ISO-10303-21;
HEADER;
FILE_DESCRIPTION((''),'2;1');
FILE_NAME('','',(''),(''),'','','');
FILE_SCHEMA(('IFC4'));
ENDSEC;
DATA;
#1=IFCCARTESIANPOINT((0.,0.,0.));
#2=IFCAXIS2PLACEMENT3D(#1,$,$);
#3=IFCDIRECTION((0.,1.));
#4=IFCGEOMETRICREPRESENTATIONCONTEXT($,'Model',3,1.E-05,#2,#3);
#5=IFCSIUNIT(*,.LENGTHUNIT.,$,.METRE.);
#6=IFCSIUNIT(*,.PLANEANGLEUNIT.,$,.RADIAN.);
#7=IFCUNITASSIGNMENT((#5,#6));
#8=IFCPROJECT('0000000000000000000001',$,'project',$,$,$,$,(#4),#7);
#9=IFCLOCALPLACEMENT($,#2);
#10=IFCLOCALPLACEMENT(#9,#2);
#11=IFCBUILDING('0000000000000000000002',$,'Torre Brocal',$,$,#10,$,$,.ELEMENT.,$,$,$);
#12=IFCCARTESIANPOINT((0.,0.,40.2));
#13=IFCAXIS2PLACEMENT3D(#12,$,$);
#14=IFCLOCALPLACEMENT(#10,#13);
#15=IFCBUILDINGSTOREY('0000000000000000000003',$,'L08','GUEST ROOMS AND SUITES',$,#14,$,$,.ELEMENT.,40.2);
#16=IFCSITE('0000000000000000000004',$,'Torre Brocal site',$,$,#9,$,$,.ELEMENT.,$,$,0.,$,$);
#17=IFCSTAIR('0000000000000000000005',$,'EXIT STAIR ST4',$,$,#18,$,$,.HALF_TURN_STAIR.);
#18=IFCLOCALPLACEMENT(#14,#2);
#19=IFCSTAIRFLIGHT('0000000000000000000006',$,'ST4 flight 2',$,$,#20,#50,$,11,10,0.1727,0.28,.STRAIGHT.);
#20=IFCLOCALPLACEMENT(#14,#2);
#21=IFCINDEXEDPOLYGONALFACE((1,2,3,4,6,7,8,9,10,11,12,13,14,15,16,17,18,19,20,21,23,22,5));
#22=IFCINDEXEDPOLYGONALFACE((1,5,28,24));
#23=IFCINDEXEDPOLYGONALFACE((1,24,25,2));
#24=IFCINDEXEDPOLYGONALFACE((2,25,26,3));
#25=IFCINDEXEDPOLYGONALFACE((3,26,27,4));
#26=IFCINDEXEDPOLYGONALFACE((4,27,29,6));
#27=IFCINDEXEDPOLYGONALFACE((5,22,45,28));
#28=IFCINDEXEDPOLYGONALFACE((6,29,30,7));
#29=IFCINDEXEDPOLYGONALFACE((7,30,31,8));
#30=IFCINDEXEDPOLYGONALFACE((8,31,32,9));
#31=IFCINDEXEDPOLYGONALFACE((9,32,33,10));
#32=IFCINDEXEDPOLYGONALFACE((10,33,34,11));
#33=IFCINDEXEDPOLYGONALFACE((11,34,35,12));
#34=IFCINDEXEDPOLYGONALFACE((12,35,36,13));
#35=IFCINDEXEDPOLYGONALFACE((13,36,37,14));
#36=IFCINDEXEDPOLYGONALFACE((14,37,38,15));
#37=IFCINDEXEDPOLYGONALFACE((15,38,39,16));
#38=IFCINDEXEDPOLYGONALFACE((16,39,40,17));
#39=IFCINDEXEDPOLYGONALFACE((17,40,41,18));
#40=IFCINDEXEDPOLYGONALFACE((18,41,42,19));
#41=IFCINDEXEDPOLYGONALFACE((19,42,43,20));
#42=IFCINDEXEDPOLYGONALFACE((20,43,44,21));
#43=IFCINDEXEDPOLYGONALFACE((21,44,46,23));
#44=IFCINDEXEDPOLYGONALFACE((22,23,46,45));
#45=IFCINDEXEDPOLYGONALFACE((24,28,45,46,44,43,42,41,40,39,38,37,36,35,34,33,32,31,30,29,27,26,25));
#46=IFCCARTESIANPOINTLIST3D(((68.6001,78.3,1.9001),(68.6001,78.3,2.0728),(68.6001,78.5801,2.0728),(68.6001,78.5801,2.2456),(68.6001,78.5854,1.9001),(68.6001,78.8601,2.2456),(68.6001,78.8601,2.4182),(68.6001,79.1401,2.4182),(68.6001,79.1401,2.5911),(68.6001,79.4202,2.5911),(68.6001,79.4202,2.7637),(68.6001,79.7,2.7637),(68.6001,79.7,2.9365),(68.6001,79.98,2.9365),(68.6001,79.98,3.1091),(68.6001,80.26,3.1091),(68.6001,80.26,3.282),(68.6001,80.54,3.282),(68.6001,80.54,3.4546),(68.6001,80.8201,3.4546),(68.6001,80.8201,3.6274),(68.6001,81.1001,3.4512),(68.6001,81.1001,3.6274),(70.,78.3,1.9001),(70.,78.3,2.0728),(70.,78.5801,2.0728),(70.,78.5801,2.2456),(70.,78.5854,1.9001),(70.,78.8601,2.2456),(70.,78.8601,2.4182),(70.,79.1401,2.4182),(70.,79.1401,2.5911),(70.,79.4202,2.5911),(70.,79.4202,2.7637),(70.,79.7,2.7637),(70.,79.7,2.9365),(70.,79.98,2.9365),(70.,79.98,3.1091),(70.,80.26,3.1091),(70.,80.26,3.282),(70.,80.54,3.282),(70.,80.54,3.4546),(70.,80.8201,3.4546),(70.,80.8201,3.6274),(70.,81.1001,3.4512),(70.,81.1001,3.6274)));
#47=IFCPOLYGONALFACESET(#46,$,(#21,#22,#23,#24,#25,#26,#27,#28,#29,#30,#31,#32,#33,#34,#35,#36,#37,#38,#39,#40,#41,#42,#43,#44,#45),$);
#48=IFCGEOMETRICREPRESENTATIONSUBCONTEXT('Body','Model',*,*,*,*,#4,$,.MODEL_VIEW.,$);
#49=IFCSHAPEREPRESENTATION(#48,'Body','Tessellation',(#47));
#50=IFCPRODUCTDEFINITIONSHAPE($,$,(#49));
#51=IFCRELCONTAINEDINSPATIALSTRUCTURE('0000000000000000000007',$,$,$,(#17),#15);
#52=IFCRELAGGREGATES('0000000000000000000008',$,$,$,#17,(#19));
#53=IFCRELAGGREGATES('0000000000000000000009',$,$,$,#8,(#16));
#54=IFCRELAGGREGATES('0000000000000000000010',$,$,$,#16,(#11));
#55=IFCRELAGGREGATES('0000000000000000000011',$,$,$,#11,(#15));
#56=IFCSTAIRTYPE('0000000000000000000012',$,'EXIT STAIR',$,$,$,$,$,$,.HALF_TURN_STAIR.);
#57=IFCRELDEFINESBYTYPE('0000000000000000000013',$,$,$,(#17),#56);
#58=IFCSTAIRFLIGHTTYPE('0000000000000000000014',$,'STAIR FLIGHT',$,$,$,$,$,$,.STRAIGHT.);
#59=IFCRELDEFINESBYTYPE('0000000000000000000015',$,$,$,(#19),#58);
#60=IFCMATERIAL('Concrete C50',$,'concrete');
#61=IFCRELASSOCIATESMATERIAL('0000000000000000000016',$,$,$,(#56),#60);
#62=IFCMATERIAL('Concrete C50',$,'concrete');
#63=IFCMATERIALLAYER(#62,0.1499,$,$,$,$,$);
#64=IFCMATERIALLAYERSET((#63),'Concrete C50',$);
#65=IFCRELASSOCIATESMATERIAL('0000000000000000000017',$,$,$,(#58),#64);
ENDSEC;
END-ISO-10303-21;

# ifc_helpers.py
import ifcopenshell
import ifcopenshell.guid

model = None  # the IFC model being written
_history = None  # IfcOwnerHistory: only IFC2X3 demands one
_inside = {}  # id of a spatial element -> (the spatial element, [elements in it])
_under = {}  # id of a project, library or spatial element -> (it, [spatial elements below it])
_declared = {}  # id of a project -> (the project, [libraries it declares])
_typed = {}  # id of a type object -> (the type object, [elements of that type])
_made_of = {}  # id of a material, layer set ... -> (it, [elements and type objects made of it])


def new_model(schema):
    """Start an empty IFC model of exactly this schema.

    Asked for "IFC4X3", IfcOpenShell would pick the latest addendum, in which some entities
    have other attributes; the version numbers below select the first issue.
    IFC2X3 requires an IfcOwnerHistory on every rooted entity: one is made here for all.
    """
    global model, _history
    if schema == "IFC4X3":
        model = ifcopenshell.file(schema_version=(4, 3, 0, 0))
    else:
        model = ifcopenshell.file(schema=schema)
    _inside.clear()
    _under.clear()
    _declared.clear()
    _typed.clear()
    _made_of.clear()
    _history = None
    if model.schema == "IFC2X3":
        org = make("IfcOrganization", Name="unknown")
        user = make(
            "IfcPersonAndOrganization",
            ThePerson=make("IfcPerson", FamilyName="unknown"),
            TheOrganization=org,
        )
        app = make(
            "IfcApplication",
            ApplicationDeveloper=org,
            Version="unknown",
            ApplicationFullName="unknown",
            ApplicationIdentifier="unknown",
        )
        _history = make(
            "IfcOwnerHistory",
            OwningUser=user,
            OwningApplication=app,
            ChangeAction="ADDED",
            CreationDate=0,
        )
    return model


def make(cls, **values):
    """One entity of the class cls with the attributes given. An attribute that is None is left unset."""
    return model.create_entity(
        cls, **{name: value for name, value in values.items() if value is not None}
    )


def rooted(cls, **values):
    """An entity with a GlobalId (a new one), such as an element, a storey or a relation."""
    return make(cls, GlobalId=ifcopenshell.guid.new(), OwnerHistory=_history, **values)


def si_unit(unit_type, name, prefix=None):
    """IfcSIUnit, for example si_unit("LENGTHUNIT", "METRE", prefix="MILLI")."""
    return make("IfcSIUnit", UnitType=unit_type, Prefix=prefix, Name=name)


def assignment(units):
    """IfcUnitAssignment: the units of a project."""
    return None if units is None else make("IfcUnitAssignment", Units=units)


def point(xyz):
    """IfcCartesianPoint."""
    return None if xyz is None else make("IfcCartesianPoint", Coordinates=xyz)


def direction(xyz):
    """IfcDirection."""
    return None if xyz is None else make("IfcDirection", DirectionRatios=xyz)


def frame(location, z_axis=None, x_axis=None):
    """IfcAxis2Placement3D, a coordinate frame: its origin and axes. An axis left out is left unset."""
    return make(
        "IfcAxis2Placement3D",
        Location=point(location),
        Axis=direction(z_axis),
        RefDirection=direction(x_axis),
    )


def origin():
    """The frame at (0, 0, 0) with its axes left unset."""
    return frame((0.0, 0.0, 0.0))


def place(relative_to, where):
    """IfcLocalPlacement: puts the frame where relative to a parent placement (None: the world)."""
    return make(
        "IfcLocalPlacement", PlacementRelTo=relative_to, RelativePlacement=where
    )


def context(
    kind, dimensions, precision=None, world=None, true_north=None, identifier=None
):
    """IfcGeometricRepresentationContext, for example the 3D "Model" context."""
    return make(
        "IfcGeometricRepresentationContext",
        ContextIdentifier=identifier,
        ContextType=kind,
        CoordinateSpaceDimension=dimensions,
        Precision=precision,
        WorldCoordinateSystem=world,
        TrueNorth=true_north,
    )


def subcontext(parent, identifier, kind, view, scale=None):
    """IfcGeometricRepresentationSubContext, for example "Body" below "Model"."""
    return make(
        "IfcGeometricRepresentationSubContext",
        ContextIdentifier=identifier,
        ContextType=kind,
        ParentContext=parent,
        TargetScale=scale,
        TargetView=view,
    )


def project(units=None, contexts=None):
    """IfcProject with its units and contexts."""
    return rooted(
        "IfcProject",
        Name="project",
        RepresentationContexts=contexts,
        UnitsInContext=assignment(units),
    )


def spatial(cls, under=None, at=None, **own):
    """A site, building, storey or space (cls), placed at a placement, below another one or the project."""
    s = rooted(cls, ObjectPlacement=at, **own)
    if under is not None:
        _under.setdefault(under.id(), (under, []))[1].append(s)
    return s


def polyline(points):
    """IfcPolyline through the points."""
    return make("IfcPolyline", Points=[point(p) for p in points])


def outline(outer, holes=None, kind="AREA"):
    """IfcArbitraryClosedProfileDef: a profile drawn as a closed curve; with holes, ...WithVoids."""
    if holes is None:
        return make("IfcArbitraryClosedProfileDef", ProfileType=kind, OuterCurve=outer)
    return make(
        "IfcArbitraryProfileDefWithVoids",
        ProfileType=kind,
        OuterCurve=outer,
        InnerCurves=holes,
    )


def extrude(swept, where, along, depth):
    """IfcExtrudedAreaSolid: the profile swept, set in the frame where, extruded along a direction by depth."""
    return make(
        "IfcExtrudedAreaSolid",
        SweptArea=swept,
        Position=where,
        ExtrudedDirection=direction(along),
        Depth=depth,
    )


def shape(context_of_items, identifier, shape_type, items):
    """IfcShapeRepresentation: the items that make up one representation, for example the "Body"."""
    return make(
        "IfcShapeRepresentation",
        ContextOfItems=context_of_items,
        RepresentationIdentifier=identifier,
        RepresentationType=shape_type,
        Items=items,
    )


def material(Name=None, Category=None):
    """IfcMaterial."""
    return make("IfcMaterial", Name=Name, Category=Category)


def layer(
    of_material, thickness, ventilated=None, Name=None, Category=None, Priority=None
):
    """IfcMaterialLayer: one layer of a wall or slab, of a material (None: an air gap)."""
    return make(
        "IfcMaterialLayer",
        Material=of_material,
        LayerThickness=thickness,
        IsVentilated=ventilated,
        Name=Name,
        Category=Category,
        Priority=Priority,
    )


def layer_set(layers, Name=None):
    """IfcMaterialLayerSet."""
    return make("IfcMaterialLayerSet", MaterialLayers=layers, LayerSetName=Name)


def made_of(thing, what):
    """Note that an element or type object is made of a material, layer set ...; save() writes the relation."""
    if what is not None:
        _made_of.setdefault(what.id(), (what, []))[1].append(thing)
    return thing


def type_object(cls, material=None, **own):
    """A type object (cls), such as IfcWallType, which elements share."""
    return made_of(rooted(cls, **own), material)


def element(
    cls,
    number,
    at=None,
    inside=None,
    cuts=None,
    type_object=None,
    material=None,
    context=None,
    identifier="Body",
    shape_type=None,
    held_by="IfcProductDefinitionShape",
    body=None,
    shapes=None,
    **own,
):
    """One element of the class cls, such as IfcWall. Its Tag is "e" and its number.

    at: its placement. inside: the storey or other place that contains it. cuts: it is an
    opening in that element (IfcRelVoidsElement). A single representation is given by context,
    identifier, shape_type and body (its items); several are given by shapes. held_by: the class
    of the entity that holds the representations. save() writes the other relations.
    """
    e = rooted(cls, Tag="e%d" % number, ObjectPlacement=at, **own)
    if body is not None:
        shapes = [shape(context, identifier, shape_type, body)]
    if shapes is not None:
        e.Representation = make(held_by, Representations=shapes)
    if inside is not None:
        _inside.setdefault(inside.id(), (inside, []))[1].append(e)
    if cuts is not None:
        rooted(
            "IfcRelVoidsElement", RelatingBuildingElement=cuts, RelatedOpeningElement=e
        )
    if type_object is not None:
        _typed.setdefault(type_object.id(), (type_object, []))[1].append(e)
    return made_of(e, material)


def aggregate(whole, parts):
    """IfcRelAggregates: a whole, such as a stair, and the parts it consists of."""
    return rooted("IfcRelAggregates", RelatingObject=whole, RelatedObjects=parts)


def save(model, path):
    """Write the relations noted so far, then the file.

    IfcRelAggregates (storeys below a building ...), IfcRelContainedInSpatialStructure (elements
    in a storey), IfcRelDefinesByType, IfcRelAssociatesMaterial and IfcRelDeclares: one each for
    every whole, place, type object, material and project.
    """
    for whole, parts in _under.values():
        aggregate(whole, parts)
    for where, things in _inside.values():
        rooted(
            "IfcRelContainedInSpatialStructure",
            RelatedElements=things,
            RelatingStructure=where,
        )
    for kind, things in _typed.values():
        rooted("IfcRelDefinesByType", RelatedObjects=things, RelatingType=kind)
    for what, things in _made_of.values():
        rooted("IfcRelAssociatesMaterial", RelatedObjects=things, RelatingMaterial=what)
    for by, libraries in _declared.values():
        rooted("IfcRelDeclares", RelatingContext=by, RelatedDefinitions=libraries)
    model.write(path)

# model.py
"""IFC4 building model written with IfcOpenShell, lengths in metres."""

from ifc_helpers import new_model, si_unit, direction, frame, origin, place, context, subcontext, project, spatial, polyline, outline, extrude, material, layer, layer_set, type_object, element, aggregate, save


model = new_model("IFC4")

# Units and contexts
model_context = context("Model", 3, precision=1e-05, world=origin(), true_north=direction((0.0, 1.0)))
body_context = subcontext(model_context, "Body", "Model", "MODEL_VIEW")
ifc_project = project(units=[si_unit("LENGTHUNIT", "METRE"), si_unit("PLANEANGLEUNIT", "RADIAN")], contexts=[model_context])

# Site, building, storey
site_placement = place(None, origin())
site = spatial("IfcSite", under=ifc_project, at=site_placement, Name="Torre Brocal site", CompositionType="ELEMENT", RefElevation=0.0)
building_placement = place(site_placement, origin())
building = spatial("IfcBuilding", under=site, at=building_placement, Name="Torre Brocal", CompositionType="ELEMENT")
storey_placement = place(building_placement, frame((0.0, 0.0, 40.2)))
storey = spatial("IfcBuildingStorey", under=building, at=storey_placement, Name="L08", Description="GUEST ROOMS AND SUITES", CompositionType="ELEMENT", Elevation=40.2)

# Stair, stair flight
ifc_material_1 = material(Name="Concrete C50", Category="concrete")
stair_type = type_object("IfcStairType", Name="EXIT STAIR", PredefinedType="HALF_TURN_STAIR", material=ifc_material_1)
stair_placement = place(storey_placement, origin())
stair = element("IfcStair", 1, at=stair_placement, inside=storey, type_object=stair_type, Name="EXIT STAIR ST4", PredefinedType="HALF_TURN_STAIR")
ifc_material_2 = material(Name="Concrete C50", Category="concrete")
ifc_layer_1 = layer(ifc_material_2, 0.1499)
ifc_layer_set_1 = layer_set([ifc_layer_1], Name="Concrete C50")
stair_flight_type = type_object("IfcStairFlightType", Name="STAIR FLIGHT", PredefinedType="STRAIGHT", material=ifc_layer_set_1)
stair_flight_1_placement = place(storey_placement, frame((69.3, 78.3, 1.9001), z_axis=(0.0, 0.0, 1.0), x_axis=(0.0, 1.0, 0.0)))
stair_flight_1 = element("IfcStairFlight", 2, at=stair_flight_1_placement, type_object=stair_flight_type, Name="ST4 flight 2", NumberOfRisers=11, NumberOfTreads=10, PredefinedType="STRAIGHT", RiserHeight=0.1727, TreadLength=0.28, context=body_context, shape_type="SweptSolid", body=[
    extrude(outline(polyline([(0.0, 0.0), (0.0, 0.1726), (0.28, 0.1726), (0.28, 0.3455), (0.5601, 0.3455), (0.5601, 0.5181), (0.8401, 0.5181), (0.8401, 0.6909), (1.1201, 0.6909), (1.1201, 0.8635), (1.3999, 0.8635), (1.3999, 1.0364), (1.6799, 1.0364), (1.6799, 1.209), (1.96, 1.209), (1.96, 1.3818), (2.24, 1.3818), (2.24, 1.5544), (2.52, 1.5544), (2.52, 1.7273), (2.8, 1.7273), (2.8, 1.8999), (2.8, 1.551), (0.2854, 0.0), (0.0, 0.0)])), frame((0.0, 0.7, 0.0), z_axis=(0.0, -1.0, 0.0), x_axis=(1.0, 0.0, 0.0)), (0.0, 0.0, 1.0), 1.3999),
])
aggregate(stair, [stair_flight_1])

save(model, "model.ifc")
